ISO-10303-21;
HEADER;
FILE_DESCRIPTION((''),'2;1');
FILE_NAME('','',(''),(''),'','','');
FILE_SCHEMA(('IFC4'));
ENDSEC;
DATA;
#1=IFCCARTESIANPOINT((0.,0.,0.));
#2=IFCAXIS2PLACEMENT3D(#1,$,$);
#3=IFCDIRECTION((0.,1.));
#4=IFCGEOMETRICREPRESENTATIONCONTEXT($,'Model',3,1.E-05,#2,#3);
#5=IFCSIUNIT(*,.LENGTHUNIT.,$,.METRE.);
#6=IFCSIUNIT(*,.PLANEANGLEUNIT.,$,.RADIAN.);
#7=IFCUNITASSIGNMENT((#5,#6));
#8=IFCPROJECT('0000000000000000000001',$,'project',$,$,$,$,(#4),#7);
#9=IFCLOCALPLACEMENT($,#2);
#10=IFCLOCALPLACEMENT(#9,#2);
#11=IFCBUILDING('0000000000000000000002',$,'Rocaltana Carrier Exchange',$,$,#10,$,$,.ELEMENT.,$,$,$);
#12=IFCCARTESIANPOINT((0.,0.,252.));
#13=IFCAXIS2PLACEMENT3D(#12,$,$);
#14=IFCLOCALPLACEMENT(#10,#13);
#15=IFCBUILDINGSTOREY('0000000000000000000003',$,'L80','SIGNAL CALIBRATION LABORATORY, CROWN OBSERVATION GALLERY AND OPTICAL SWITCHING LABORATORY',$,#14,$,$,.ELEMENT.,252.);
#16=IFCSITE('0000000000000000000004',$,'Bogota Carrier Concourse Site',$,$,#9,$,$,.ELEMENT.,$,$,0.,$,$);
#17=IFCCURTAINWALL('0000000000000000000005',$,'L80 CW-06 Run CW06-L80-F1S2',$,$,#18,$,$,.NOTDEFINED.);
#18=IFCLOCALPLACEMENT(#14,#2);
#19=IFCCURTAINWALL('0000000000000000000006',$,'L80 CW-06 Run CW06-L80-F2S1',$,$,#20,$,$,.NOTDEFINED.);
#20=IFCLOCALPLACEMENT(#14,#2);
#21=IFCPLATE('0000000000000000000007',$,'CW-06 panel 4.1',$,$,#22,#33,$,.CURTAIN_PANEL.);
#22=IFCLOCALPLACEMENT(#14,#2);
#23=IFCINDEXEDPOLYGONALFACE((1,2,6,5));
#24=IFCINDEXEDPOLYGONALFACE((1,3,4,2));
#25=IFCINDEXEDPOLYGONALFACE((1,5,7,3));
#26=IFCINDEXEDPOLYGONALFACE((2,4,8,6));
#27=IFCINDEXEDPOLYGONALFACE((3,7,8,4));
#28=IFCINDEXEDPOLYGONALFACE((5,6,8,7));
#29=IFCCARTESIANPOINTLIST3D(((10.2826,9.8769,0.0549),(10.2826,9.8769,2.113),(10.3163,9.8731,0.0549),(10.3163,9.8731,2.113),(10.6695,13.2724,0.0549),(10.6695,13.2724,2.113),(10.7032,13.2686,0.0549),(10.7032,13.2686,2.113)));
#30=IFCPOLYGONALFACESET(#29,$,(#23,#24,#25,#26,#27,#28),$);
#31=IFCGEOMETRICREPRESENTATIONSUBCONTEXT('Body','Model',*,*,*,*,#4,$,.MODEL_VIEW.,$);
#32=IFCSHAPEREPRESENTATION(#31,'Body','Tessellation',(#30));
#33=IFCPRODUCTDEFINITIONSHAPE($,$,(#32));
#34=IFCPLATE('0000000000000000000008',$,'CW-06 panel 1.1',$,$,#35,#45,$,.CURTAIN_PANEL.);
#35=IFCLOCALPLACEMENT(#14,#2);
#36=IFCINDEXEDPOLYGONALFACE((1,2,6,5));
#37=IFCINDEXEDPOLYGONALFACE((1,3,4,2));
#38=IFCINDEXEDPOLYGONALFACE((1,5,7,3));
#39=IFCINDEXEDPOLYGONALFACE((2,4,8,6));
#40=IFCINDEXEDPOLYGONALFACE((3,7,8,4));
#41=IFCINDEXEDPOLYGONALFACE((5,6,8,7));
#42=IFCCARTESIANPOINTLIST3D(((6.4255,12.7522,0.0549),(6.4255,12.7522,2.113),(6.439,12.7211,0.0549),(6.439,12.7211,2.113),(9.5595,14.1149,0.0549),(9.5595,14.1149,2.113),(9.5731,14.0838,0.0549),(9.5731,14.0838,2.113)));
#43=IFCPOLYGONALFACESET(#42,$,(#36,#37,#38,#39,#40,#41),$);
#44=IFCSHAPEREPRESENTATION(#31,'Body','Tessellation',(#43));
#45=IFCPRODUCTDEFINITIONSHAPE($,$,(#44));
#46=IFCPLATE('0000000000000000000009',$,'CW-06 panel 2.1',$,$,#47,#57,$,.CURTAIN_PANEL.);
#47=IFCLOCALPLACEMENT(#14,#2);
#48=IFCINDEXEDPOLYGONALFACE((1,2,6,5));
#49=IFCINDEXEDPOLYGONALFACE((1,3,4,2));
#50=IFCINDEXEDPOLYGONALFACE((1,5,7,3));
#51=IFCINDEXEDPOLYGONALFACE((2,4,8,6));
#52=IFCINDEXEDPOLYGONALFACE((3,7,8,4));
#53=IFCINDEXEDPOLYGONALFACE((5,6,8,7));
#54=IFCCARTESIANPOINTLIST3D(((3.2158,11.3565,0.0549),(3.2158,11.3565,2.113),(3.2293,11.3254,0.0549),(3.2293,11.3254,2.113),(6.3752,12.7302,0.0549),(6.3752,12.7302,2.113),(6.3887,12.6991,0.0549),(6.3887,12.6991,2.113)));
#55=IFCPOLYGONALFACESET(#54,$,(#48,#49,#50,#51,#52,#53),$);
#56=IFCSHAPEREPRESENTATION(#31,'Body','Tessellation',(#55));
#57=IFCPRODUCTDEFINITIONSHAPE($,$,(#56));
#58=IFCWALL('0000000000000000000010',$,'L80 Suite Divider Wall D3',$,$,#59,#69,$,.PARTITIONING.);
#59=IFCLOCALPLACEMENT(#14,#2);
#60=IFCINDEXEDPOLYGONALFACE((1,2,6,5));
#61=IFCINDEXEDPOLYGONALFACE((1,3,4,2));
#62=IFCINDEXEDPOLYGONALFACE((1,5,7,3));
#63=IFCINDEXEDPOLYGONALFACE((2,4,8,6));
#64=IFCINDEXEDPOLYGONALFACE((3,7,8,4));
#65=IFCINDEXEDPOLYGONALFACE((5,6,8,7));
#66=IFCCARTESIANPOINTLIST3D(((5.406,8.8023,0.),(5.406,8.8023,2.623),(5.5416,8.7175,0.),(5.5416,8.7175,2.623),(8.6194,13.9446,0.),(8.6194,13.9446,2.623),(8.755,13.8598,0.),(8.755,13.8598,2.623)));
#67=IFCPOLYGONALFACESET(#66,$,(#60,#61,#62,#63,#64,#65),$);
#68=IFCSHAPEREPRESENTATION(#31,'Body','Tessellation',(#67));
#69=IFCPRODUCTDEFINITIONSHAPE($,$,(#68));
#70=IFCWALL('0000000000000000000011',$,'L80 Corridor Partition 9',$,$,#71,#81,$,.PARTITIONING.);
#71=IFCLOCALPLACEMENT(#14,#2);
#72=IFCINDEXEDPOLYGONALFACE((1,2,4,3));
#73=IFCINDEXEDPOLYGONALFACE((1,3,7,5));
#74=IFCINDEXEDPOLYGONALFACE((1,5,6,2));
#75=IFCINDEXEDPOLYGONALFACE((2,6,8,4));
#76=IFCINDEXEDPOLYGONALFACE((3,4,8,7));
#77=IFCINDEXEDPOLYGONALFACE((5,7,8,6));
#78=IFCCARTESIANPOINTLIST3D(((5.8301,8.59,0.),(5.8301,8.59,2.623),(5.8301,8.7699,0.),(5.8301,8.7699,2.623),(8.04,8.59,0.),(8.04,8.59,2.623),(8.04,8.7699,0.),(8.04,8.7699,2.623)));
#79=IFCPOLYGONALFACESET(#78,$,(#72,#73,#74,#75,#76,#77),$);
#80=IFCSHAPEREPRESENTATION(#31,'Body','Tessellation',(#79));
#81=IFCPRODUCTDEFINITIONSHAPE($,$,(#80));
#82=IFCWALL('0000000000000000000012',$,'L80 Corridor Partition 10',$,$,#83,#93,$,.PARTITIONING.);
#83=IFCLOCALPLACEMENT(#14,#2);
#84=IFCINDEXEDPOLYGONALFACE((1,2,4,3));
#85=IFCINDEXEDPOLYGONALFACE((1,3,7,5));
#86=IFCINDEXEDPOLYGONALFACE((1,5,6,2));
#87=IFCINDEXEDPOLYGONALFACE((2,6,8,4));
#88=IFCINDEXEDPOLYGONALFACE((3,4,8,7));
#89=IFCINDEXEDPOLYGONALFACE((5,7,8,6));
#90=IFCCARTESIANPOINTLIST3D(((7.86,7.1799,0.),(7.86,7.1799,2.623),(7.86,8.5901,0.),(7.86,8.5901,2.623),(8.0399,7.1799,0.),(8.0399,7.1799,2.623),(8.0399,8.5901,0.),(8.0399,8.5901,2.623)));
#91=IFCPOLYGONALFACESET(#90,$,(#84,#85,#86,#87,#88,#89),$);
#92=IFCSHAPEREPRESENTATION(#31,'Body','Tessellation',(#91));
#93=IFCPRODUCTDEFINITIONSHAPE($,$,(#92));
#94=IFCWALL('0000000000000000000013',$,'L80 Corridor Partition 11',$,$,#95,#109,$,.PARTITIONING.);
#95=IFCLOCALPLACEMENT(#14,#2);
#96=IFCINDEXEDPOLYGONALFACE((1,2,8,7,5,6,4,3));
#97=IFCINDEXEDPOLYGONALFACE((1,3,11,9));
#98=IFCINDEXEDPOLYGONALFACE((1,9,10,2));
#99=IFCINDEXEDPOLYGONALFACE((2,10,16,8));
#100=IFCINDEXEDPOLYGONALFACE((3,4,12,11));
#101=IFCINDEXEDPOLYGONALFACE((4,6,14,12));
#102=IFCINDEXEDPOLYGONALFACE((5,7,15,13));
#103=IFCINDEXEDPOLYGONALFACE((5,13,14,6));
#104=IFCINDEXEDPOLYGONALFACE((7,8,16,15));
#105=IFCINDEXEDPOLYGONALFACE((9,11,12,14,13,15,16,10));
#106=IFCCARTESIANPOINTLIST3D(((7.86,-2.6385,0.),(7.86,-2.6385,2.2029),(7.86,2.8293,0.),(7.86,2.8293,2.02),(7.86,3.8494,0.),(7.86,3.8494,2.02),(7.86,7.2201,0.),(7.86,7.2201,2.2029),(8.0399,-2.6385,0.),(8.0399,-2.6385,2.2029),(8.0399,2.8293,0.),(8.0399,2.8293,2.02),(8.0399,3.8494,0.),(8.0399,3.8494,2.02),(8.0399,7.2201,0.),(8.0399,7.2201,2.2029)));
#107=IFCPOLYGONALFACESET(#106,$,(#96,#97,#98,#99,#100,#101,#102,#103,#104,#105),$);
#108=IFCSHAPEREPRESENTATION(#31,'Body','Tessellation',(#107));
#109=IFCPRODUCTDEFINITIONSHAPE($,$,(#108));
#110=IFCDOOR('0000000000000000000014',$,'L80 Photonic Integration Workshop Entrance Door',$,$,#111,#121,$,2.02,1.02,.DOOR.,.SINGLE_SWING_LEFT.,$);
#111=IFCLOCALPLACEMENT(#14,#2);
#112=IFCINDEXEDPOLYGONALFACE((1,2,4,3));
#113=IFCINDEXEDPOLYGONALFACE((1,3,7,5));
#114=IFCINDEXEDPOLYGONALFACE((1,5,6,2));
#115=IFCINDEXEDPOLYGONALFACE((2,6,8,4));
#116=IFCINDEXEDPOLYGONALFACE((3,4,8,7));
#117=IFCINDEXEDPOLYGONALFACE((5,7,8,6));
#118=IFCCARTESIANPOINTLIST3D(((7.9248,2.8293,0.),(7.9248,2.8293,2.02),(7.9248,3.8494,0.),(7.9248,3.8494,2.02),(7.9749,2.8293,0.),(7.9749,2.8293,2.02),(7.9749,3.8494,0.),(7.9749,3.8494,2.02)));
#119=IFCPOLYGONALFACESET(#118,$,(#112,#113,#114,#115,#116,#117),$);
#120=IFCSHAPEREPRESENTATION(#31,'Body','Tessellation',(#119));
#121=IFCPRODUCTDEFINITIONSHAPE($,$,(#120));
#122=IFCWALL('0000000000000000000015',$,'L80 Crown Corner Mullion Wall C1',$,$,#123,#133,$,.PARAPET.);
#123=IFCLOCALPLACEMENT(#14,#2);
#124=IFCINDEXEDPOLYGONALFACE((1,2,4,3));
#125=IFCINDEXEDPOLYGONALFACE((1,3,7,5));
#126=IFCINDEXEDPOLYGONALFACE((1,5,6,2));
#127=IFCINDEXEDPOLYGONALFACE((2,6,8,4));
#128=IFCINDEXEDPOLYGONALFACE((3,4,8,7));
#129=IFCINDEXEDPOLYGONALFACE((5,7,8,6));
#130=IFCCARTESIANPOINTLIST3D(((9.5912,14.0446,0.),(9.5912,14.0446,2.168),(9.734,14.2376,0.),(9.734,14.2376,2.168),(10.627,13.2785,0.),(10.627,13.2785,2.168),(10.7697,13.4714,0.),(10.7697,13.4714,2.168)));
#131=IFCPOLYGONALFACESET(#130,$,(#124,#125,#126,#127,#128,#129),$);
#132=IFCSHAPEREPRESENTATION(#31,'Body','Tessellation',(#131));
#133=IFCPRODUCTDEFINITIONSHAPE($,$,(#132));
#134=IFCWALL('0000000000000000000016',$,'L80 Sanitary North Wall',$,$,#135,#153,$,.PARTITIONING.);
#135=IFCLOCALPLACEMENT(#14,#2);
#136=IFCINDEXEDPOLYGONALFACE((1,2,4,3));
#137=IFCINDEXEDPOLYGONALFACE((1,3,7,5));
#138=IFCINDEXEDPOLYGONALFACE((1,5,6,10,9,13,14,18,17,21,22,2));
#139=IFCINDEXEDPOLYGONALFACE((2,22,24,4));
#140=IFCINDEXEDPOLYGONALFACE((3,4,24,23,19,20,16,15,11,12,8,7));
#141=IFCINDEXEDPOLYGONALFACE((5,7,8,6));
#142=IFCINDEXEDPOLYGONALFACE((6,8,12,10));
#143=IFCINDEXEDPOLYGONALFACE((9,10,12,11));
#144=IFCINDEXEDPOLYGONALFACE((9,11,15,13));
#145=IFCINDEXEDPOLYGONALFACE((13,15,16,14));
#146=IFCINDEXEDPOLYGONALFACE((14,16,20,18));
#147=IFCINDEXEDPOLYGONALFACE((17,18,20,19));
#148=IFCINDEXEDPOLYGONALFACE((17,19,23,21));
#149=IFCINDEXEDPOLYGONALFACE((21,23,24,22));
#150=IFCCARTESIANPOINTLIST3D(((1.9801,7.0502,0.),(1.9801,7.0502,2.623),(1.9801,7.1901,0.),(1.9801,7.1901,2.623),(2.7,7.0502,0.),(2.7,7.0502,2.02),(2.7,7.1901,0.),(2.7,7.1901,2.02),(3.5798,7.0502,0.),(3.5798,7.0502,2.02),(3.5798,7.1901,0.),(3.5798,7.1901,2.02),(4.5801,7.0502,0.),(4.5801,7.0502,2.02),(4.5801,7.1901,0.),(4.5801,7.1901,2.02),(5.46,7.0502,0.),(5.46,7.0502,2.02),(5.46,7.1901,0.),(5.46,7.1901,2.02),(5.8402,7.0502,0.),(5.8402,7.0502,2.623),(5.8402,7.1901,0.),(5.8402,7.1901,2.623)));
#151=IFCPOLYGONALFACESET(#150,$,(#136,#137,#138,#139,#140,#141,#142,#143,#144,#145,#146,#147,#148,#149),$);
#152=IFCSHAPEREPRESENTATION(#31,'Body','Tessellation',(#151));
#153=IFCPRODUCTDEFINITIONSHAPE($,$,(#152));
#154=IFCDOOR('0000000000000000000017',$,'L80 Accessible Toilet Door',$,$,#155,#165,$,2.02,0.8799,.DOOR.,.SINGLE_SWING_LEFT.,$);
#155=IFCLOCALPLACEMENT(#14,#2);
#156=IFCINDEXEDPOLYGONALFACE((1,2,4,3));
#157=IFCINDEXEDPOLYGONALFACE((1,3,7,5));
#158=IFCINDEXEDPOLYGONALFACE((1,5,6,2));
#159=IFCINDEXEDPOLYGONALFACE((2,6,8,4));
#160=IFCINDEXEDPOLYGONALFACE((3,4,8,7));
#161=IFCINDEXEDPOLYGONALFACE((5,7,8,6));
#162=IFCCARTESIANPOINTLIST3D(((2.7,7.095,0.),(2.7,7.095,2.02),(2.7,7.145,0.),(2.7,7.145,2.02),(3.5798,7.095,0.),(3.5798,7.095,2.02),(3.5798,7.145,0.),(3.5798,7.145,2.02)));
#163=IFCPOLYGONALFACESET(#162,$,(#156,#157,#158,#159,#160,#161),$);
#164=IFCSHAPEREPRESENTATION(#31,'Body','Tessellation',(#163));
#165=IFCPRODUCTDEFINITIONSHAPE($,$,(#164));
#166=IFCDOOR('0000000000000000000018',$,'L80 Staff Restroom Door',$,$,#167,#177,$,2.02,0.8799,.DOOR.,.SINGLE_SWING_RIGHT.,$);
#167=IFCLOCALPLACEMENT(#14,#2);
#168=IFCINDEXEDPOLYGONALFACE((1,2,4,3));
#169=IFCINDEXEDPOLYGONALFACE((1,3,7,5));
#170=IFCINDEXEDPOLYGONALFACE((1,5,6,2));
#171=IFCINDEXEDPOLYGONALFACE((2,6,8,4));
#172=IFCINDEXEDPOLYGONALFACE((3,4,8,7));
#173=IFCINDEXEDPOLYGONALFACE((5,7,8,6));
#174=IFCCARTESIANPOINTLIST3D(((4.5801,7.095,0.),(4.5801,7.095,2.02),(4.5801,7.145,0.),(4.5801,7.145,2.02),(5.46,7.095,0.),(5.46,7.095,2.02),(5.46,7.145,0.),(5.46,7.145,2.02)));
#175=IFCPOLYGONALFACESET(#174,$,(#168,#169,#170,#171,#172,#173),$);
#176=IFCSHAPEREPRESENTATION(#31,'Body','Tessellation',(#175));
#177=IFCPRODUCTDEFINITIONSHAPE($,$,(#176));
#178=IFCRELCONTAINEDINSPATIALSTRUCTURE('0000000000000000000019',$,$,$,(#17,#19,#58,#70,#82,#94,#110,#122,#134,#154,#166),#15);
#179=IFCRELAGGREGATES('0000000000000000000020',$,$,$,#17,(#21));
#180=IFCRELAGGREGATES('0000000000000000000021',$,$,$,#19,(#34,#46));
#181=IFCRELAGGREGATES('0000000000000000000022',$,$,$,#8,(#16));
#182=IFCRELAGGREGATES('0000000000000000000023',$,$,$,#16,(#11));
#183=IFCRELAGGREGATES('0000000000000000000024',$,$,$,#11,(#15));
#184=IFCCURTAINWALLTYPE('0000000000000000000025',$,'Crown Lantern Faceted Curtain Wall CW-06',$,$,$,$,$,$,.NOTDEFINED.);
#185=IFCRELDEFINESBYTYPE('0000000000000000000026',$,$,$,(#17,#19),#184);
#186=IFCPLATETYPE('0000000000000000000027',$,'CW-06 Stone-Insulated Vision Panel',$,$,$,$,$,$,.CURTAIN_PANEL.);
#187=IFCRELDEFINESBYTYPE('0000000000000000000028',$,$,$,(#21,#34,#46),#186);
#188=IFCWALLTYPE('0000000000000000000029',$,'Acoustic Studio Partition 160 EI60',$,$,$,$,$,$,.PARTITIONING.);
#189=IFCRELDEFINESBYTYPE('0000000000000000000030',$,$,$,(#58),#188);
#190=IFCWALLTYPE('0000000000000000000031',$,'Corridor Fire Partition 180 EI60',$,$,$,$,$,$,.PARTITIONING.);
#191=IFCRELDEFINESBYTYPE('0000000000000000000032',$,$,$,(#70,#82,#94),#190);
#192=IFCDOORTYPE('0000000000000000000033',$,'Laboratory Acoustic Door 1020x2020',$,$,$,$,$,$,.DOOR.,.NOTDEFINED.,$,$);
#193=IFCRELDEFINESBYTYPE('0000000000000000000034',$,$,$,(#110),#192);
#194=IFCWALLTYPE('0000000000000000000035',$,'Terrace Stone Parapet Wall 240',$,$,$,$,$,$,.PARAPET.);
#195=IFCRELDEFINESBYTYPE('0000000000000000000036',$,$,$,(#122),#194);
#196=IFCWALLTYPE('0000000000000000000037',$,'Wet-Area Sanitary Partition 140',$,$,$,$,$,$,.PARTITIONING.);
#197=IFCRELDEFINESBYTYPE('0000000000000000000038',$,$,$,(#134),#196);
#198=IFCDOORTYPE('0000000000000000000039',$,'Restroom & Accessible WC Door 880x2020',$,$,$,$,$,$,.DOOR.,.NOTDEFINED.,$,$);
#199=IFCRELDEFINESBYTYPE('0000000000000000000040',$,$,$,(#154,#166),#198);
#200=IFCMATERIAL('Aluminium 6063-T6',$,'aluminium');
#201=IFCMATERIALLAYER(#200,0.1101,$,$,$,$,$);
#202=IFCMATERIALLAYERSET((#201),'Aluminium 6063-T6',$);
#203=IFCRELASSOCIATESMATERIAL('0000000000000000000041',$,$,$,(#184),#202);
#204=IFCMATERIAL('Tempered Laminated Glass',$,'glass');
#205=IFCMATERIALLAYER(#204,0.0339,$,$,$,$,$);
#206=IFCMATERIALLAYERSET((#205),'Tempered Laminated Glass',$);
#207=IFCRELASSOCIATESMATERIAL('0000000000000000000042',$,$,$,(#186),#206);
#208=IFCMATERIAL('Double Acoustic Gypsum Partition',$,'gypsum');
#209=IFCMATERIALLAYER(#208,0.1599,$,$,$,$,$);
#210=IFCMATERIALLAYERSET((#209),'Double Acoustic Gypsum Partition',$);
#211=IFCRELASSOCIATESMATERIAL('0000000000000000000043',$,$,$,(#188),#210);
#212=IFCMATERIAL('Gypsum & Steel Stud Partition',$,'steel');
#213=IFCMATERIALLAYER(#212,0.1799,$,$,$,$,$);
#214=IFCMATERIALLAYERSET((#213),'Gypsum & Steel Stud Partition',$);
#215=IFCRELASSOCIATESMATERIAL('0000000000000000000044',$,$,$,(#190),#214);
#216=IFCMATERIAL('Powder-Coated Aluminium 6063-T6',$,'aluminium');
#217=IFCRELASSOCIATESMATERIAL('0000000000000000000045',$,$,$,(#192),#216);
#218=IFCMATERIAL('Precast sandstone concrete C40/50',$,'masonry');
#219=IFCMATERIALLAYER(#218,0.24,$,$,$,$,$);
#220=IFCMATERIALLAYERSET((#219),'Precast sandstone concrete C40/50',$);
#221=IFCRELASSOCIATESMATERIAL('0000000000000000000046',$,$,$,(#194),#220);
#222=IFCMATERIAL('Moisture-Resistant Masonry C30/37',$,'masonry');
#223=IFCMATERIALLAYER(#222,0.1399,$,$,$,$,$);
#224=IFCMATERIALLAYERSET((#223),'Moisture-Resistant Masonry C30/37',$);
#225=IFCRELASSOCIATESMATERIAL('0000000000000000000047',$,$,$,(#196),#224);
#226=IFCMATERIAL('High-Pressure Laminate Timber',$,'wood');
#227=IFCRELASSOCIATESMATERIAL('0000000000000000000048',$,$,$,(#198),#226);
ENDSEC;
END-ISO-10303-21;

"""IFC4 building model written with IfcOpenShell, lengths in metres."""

from ifc_helpers import new_model, si_unit, direction, frame, frame_2d, origin, origin_2d, place, context, subcontext, project, spatial, rectangle, extrude, material, layer, layer_set, type_object, element, fill, aggregate, save


model = new_model("IFC4")

# Units and contexts
model_context = context("Model", 3, precision=1e-05, world=origin(), true_north=direction((0.0, 1.0)))
body_context = subcontext(model_context, "Body", "Model", "MODEL_VIEW")
ifc_project = project(units=[si_unit("LENGTHUNIT", "METRE"), si_unit("PLANEANGLEUNIT", "RADIAN")], contexts=[model_context])

# Site, building, storey
site_placement = place(None, origin())
site = spatial("IfcSite", under=ifc_project, at=site_placement, Name="Bogota Carrier Concourse Site", CompositionType="ELEMENT", RefElevation=0.0)
building_placement = place(site_placement, origin())
building = spatial("IfcBuilding", under=site, at=building_placement, Name="Rocaltana Carrier Exchange", CompositionType="ELEMENT")
storey_placement = place(building_placement, frame((0.0, 0.0, 252.0)))
storey = spatial("IfcBuildingStorey", under=building, at=storey_placement, Name="L80", Description="SIGNAL CALIBRATION LABORATORY, CROWN OBSERVATION GALLERY AND OPTICAL SWITCHING LABORATORY", CompositionType="ELEMENT", Elevation=252.0)

# Curtain walls
ifc_material_1 = material(Name="Aluminium 6063-T6", Category="aluminium")
ifc_layer_1 = layer(ifc_material_1, 0.1101)
ifc_layer_set_1 = layer_set([ifc_layer_1], Name="Aluminium 6063-T6")
curtain_wall_type = type_object("IfcCurtainWallType", Name="Crown Lantern Faceted Curtain Wall CW-06", PredefinedType="NOTDEFINED", material=ifc_layer_set_1)
curtain_wall_1_placement = place(storey_placement, origin())
curtain_wall_1 = element("IfcCurtainWall", 1, at=curtain_wall_1_placement, inside=storey, type_object=curtain_wall_type, Name="L80 CW-06 Run CW06-L80-F1S2", PredefinedType="NOTDEFINED")
curtain_wall_2_placement = place(storey_placement, origin())
curtain_wall_2 = element("IfcCurtainWall", 2, at=curtain_wall_2_placement, inside=storey, type_object=curtain_wall_type, Name="L80 CW-06 Run CW06-L80-F2S1", PredefinedType="NOTDEFINED")

# Plates
ifc_material_2 = material(Name="Tempered Laminated Glass", Category="glass")
ifc_layer_2 = layer(ifc_material_2, 0.0339)
ifc_layer_set_2 = layer_set([ifc_layer_2], Name="Tempered Laminated Glass")
plate_type = type_object("IfcPlateType", Name="CW-06 Stone-Insulated Vision Panel", PredefinedType="CURTAIN_PANEL", material=ifc_layer_set_2)
plate_1_placement = place(storey_placement, frame((10.4929, 11.5728, 0.0549), z_axis=(0.0, 0.0, 1.0), x_axis=(0.1132, 0.993572, 0.0)))
plate_1 = element("IfcPlate", 3, at=plate_1_placement, type_object=plate_type, Name="CW-06 panel 4.1", PredefinedType="CURTAIN_PANEL", context=body_context, shape_type="SweptSolid", body=[
    extrude(rectangle(XDim=3.4175, YDim=0.0339, at=origin_2d()), origin(), (0.0, 0.0, 1.0), 2.0581),
])
aggregate(curtain_wall_1, [plate_1])
plate_2_placement = place(storey_placement, frame((7.9993, 13.418, 0.0549), z_axis=(0.0, 0.0, 1.0), x_axis=(-0.917063, -0.398742, 0.0)))
plate_2 = element("IfcPlate", 4, at=plate_2_placement, type_object=plate_type, Name="CW-06 panel 1.1", PredefinedType="CURTAIN_PANEL", context=body_context, shape_type="SweptSolid", body=[
    extrude(rectangle(XDim=3.4175, YDim=0.0339, at=origin_2d()), origin(), (0.0, 0.0, 1.0), 2.0581),
])
plate_3_placement = place(storey_placement, frame((4.8022, 12.0278, 0.0549), z_axis=(0.0, 0.0, 1.0), x_axis=(-0.917063, -0.398742, 0.0)))
plate_3 = element("IfcPlate", 5, at=plate_3_placement, type_object=plate_type, Name="CW-06 panel 2.1", PredefinedType="CURTAIN_PANEL", context=body_context, shape_type="SweptSolid", body=[
    extrude(rectangle(XDim=3.4451, YDim=0.0339, at=origin_2d()), origin(), (0.0, 0.0, 1.0), 2.0581),
])
aggregate(curtain_wall_2, [plate_2, plate_3])

# Walls
ifc_material_3 = material(Name="Double Acoustic Gypsum Partition", Category="gypsum")
ifc_layer_3 = layer(ifc_material_3, 0.1599)
ifc_layer_set_3 = layer_set([ifc_layer_3], Name="Double Acoustic Gypsum Partition")
wall_type_1 = type_object("IfcWallType", Name="Acoustic Studio Partition 160 EI60", PredefinedType="PARTITIONING", material=ifc_layer_set_3)
wall_1_placement = place(storey_placement, frame((5.4739, 8.76, 0.0), z_axis=(0.0, 0.0, 1.0), x_axis=(0.52993, 0.848041, 0.0)))
element("IfcWall", 6, at=wall_1_placement, inside=storey, type_object=wall_type_1, Name="L80 Suite Divider Wall D3", PredefinedType="PARTITIONING", context=body_context, shape_type="SweptSolid", body=[
    extrude(rectangle(XDim=6.0637, YDim=0.1599, at=frame_2d((3.0317, 0.0))), origin(), (0.0, 0.0, 1.0), 2.623),
])
ifc_material_4 = material(Name="Gypsum & Steel Stud Partition", Category="steel")
ifc_layer_4 = layer(ifc_material_4, 0.1799)
ifc_layer_set_4 = layer_set([ifc_layer_4], Name="Gypsum & Steel Stud Partition")
wall_type_2 = type_object("IfcWallType", Name="Corridor Fire Partition 180 EI60", PredefinedType="PARTITIONING", material=ifc_layer_set_4)
wall_2_placement = place(storey_placement, frame((5.8301, 8.6799, 0.0), z_axis=(0.0, 0.0, 1.0), x_axis=(1.0, 0.0, 0.0)))
element("IfcWall", 7, at=wall_2_placement, inside=storey, type_object=wall_type_2, Name="L80 Corridor Partition 9", PredefinedType="PARTITIONING", context=body_context, shape_type="SweptSolid", body=[
    extrude(rectangle(XDim=2.21, YDim=0.1799, at=frame_2d((1.105, 0.0))), origin(), (0.0, 0.0, 1.0), 2.623),
])
wall_3_placement = place(storey_placement, frame((7.95, 8.5901, 0.0), z_axis=(0.0, 0.0, 1.0), x_axis=(0.0, -1.0, 0.0)))
element("IfcWall", 8, at=wall_3_placement, inside=storey, type_object=wall_type_2, Name="L80 Corridor Partition 10", PredefinedType="PARTITIONING", context=body_context, shape_type="SweptSolid", body=[
    extrude(rectangle(XDim=1.4102, YDim=0.1799, at=frame_2d((0.7051, 0.0))), origin(), (0.0, 0.0, 1.0), 2.623),
])

# Wall, opening, door
wall_4_placement = place(storey_placement, frame((7.95, 7.22, 0.0), z_axis=(0.0, 0.0, 1.0), x_axis=(0.0, -1.0, 0.0)))
wall_4 = element("IfcWall", 9, at=wall_4_placement, inside=storey, type_object=wall_type_2, Name="L80 Corridor Partition 11", PredefinedType="PARTITIONING", context=body_context, shape_type="SweptSolid", body=[
    extrude(rectangle(XDim=9.8586, YDim=0.1799, at=frame_2d((4.9292, 0.0))), origin(), (0.0, 0.0, 1.0), 2.2029),
])
opening_1_placement = place(wall_4_placement, frame((3.3706, 0.0, 0.0)))
opening_1 = element("IfcOpeningElement", 10, at=opening_1_placement, cuts=wall_4, PredefinedType="OPENING", context=body_context, shape_type="SweptSolid", body=[
    extrude(rectangle(XDim=1.02, YDim=2.02, at=frame_2d((0.51, 1.01))), frame((0.0, 0.0999, 0.0), z_axis=(0.0, -1.0, 0.0), x_axis=(1.0, 0.0, 0.0)), (0.0, 0.0, 1.0), 0.2),
])
ifc_material_5 = material(Name="Powder-Coated Aluminium 6063-T6", Category="aluminium")
door_type_1 = type_object("IfcDoorType", Name="Laboratory Acoustic Door 1020x2020", OperationType="NOTDEFINED", PredefinedType="DOOR", material=ifc_material_5)
door_1_placement = place(opening_1_placement, origin())
door_1 = element("IfcDoor", 11, at=door_1_placement, inside=storey, type_object=door_type_1, Name="L80 Photonic Integration Workshop Entrance Door", OperationType="SINGLE_SWING_LEFT", OverallHeight=2.02, OverallWidth=1.02, PredefinedType="DOOR", context=body_context, shape_type="SweptSolid", body=[
    extrude(rectangle(XDim=1.02, YDim=2.02, at=frame_2d((0.51, 1.01))), frame((0.0, 0.0249, 0.0), z_axis=(0.0, -1.0, 0.0), x_axis=(1.0, 0.0, 0.0)), (0.0, 0.0, 1.0), 0.05),
])
fill(opening_1, door_1)

# Wall
ifc_material_6 = material(Name="Precast sandstone concrete C40/50", Category="masonry")
ifc_layer_5 = layer(ifc_material_6, 0.24)
ifc_layer_set_5 = layer_set([ifc_layer_5], Name="Precast sandstone concrete C40/50")
wall_type_3 = type_object("IfcWallType", Name="Terrace Stone Parapet Wall 240", PredefinedType="PARAPET", material=ifc_layer_set_5)
wall_5_placement = place(storey_placement, frame((10.6982, 13.375, 0.0), z_axis=(0.0, 0.0, 1.0), x_axis=(-0.80394, 0.594711, 0.0)))
element("IfcWall", 12, at=wall_5_placement, inside=storey, type_object=wall_type_3, Name="L80 Crown Corner Mullion Wall C1", PredefinedType="PARAPET", context=body_context, shape_type="SweptSolid", body=[
    extrude(rectangle(XDim=1.2883, YDim=0.24, at=frame_2d((0.644, 0.0))), origin(), (0.0, 0.0, 1.0), 2.168),
])

# Wall, openings, doors
ifc_material_7 = material(Name="Moisture-Resistant Masonry C30/37", Category="masonry")
ifc_layer_6 = layer(ifc_material_7, 0.1399)
ifc_layer_set_6 = layer_set([ifc_layer_6], Name="Moisture-Resistant Masonry C30/37")
wall_type_4 = type_object("IfcWallType", Name="Wet-Area Sanitary Partition 140", PredefinedType="PARTITIONING", material=ifc_layer_set_6)
wall_6_placement = place(storey_placement, frame((1.98, 7.1201, 0.0), z_axis=(0.0, 0.0, 1.0), x_axis=(1.0, 0.0, 0.0)))
wall_6 = element("IfcWall", 13, at=wall_6_placement, inside=storey, type_object=wall_type_4, Name="L80 Sanitary North Wall", PredefinedType="PARTITIONING", context=body_context, shape_type="SweptSolid", body=[
    extrude(rectangle(XDim=3.8601, YDim=0.1399, at=frame_2d((1.9302, 0.0))), origin(), (0.0, 0.0, 1.0), 2.623),
])
opening_2_placement = place(wall_6_placement, frame((0.72, 0.0, 0.0)))
opening_2 = element("IfcOpeningElement", 14, at=opening_2_placement, cuts=wall_6, PredefinedType="OPENING", context=body_context, shape_type="SweptSolid", body=[
    extrude(rectangle(XDim=0.8799, YDim=2.02, at=frame_2d((0.4399, 1.01))), frame((0.0, 0.0798, 0.0), z_axis=(0.0, -1.0, 0.0), x_axis=(1.0, 0.0, 0.0)), (0.0, 0.0, 1.0), 0.1599),
])
opening_3_placement = place(wall_6_placement, frame((2.6001, 0.0, 0.0)))
opening_3 = element("IfcOpeningElement", 15, at=opening_3_placement, cuts=wall_6, PredefinedType="OPENING", context=body_context, shape_type="SweptSolid", body=[
    extrude(rectangle(XDim=0.8799, YDim=2.02, at=frame_2d((0.4399, 1.01))), frame((0.0, 0.0798, 0.0), z_axis=(0.0, -1.0, 0.0), x_axis=(1.0, 0.0, 0.0)), (0.0, 0.0, 1.0), 0.1599),
])
ifc_material_8 = material(Name="High-Pressure Laminate Timber", Category="wood")
door_type_2 = type_object("IfcDoorType", Name="Restroom & Accessible WC Door 880x2020", OperationType="NOTDEFINED", PredefinedType="DOOR", material=ifc_material_8)
door_2_placement = place(opening_2_placement, origin())
door_2 = element("IfcDoor", 16, at=door_2_placement, inside=storey, type_object=door_type_2, Name="L80 Accessible Toilet Door", OperationType="SINGLE_SWING_LEFT", OverallHeight=2.02, OverallWidth=0.8799, PredefinedType="DOOR", context=body_context, shape_type="SweptSolid", body=[
    extrude(rectangle(XDim=0.8799, YDim=2.02, at=frame_2d((0.4399, 1.01))), frame((0.0, 0.0249, 0.0), z_axis=(0.0, -1.0, 0.0), x_axis=(1.0, 0.0, 0.0)), (0.0, 0.0, 1.0), 0.05),
])
fill(opening_2, door_2)
door_3_placement = place(opening_3_placement, origin())
door_3 = element("IfcDoor", 17, at=door_3_placement, inside=storey, type_object=door_type_2, Name="L80 Staff Restroom Door", OperationType="SINGLE_SWING_RIGHT", OverallHeight=2.02, OverallWidth=0.8799, PredefinedType="DOOR", context=body_context, shape_type="SweptSolid", body=[
    extrude(rectangle(XDim=0.8799, YDim=2.02, at=frame_2d((0.4399, 1.01))), frame((0.0, 0.0249, 0.0), z_axis=(0.0, -1.0, 0.0), x_axis=(1.0, 0.0, 0.0)), (0.0, 0.0, 1.0), 0.05),
])
fill(opening_3, door_3)

save(model, "model.ifc")
